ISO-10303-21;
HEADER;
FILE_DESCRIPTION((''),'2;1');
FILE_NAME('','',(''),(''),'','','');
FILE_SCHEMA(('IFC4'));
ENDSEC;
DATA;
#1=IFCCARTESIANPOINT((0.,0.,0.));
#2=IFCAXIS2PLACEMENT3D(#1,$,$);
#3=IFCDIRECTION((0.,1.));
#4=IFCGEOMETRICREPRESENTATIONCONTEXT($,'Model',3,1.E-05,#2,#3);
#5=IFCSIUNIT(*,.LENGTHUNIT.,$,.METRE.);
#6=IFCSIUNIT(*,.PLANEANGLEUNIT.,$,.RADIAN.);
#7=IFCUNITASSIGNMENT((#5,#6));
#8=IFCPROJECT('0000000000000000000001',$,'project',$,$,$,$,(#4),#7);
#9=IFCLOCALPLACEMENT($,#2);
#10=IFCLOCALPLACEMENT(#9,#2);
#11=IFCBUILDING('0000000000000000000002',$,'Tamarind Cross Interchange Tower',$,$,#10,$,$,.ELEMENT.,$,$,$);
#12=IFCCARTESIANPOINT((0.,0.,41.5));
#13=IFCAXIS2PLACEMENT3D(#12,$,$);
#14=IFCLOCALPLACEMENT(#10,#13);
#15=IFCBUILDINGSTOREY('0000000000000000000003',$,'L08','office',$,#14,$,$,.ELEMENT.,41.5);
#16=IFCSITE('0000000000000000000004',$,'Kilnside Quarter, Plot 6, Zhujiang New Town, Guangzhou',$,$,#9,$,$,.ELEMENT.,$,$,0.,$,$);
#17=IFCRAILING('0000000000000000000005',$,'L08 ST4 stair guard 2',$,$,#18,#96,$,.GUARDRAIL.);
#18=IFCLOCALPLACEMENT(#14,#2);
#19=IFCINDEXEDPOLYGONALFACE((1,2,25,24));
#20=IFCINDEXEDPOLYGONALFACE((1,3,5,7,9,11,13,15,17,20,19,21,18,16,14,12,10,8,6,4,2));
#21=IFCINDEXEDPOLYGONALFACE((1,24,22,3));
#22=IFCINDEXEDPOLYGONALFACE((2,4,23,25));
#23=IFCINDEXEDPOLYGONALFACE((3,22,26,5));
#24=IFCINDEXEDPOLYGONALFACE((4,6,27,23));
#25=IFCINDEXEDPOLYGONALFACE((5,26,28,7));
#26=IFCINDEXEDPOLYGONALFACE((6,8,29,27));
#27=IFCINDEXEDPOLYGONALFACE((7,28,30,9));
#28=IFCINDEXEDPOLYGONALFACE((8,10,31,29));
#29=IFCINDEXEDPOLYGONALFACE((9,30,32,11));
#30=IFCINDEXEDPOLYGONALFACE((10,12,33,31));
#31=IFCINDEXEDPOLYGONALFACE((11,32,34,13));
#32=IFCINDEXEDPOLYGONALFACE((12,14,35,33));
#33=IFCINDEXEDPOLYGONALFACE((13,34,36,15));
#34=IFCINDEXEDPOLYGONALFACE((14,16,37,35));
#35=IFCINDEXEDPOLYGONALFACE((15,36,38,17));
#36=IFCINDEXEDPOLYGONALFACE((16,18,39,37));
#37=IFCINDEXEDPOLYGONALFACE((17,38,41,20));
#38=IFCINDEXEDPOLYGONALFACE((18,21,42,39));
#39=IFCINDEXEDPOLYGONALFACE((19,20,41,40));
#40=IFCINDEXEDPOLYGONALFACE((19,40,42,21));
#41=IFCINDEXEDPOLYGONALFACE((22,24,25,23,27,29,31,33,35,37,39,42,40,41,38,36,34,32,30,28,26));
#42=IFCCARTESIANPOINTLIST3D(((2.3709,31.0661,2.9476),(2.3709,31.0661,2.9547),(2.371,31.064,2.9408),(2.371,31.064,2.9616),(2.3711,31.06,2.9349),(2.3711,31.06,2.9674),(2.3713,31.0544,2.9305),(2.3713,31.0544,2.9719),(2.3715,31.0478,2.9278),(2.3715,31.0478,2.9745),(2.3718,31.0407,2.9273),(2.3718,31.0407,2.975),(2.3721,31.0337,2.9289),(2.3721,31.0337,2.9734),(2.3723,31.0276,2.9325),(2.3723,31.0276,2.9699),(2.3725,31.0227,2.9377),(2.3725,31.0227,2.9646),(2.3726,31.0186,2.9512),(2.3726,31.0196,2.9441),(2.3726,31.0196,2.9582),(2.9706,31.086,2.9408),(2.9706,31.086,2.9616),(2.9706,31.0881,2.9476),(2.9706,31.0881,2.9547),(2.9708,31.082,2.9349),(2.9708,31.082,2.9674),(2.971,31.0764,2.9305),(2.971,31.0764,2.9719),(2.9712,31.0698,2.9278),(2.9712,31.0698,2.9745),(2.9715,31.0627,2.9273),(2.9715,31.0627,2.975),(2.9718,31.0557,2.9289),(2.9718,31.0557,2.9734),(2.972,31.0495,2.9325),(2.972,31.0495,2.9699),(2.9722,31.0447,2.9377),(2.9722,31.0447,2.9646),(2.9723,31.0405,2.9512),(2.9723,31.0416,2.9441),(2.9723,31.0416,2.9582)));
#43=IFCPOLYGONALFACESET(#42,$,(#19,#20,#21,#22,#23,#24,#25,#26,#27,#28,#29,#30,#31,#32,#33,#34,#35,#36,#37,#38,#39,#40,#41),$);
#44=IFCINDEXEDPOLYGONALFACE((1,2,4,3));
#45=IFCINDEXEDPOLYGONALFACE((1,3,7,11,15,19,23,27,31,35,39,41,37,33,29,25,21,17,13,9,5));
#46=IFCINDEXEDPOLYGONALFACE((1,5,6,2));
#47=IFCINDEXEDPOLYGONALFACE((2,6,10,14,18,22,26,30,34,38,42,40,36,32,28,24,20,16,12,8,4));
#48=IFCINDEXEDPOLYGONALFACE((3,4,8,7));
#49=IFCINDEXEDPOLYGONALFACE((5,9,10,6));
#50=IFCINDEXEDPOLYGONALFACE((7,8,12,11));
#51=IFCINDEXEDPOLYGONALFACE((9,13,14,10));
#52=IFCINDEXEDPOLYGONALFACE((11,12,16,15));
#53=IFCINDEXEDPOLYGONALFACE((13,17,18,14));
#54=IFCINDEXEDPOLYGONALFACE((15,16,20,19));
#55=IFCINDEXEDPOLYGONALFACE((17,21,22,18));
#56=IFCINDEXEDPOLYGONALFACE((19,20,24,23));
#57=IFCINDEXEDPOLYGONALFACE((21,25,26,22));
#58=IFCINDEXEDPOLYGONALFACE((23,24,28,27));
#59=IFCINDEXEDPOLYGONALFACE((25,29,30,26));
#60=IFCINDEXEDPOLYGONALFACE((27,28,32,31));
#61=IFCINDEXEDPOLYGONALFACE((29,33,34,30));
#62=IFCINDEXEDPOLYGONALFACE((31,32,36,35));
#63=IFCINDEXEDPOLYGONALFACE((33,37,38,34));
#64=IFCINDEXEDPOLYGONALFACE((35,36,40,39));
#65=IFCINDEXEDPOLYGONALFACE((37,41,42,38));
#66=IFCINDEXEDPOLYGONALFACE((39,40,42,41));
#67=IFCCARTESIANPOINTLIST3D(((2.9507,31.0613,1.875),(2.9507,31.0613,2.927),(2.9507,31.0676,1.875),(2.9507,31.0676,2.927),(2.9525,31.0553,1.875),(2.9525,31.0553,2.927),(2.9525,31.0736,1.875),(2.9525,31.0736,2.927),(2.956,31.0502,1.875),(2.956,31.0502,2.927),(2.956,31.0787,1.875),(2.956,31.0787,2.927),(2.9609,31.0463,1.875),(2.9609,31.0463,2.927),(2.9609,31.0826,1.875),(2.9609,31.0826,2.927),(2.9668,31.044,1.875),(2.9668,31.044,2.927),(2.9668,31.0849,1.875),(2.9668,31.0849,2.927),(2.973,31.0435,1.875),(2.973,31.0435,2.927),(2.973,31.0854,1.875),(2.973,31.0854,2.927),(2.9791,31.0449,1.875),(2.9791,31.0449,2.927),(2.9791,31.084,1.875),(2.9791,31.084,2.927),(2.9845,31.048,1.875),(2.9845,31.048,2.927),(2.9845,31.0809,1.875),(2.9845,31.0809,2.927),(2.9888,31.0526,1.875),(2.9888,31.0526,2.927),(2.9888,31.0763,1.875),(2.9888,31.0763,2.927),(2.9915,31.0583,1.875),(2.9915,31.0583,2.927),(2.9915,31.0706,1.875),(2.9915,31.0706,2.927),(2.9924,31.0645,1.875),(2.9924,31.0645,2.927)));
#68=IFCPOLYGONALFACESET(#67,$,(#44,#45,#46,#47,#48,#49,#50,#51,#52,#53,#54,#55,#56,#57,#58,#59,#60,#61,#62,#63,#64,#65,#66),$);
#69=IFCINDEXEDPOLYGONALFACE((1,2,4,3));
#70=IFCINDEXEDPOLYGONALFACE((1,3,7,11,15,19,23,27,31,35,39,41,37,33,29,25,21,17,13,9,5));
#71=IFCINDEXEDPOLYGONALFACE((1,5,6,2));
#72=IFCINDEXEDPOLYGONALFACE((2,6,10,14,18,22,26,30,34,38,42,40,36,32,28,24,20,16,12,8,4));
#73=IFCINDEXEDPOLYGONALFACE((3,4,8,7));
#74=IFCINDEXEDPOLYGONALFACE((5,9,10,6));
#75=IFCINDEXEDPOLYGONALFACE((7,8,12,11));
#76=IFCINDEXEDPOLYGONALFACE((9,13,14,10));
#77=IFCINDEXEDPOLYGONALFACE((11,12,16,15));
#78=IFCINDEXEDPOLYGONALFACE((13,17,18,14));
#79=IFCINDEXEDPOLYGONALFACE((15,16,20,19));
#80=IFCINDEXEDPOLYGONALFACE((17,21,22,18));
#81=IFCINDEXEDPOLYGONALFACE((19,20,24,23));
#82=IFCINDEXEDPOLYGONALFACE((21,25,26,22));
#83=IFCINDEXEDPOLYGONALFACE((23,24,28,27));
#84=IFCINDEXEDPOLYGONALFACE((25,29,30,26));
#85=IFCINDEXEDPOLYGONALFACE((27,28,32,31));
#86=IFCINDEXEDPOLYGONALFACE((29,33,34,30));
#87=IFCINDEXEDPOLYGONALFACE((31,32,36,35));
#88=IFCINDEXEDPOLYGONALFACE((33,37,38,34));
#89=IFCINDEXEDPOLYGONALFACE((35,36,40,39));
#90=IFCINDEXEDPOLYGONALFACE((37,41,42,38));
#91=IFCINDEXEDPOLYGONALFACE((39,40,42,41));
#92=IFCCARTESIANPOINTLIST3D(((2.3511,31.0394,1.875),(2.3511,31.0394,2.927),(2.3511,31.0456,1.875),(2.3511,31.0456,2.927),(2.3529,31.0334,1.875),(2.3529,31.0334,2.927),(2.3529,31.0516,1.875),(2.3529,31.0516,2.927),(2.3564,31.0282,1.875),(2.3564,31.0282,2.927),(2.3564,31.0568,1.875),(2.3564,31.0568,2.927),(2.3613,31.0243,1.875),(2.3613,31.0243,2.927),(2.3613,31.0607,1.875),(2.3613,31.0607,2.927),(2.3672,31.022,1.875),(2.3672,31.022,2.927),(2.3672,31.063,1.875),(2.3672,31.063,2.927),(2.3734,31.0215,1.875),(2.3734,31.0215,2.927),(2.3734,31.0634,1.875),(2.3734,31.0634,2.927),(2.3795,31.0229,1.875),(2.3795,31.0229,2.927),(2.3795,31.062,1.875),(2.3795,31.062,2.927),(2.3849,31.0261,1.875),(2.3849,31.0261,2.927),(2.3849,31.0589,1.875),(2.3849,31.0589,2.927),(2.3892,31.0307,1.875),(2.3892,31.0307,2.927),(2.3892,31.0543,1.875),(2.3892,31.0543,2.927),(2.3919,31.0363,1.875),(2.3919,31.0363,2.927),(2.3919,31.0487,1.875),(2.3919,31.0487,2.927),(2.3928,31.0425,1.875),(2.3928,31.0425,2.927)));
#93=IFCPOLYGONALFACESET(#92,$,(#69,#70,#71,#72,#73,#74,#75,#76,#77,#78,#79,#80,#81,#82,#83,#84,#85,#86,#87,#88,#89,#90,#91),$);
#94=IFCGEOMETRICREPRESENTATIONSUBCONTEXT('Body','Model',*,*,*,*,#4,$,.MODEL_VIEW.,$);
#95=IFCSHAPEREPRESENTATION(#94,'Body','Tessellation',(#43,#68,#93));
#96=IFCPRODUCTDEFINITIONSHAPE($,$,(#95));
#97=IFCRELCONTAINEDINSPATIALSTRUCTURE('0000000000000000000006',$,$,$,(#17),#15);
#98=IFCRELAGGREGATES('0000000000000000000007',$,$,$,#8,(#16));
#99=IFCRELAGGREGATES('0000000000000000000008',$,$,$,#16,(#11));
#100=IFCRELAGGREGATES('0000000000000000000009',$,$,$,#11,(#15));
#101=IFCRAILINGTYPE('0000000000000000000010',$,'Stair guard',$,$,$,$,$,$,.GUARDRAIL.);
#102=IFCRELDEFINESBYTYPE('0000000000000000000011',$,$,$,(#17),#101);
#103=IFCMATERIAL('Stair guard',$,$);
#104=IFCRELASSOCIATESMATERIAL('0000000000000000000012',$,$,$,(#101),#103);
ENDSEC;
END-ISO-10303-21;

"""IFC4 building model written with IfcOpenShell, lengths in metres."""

from ifc_helpers import new_model, si_unit, direction, frame, origin, origin_2d, place, context, subcontext, project, spatial, circle, extrude, material, type_object, element, save


model = new_model("IFC4")

# Units and contexts
model_context = context("Model", 3, precision=1e-05, world=origin(), true_north=direction((0.0, 1.0)))
body_context = subcontext(model_context, "Body", "Model", "MODEL_VIEW")
ifc_project = project(units=[si_unit("LENGTHUNIT", "METRE"), si_unit("PLANEANGLEUNIT", "RADIAN")], contexts=[model_context])

# Site, building, storey
site_placement = place(None, origin())
site = spatial("IfcSite", under=ifc_project, at=site_placement, Name="Kilnside Quarter, Plot 6, Zhujiang New Town, Guangzhou", CompositionType="ELEMENT", RefElevation=0.0)
building_placement = place(site_placement, origin())
building = spatial("IfcBuilding", under=site, at=building_placement, Name="Tamarind Cross Interchange Tower", CompositionType="ELEMENT")
storey_placement = place(building_placement, frame((0.0, 0.0, 41.5)))
storey = spatial("IfcBuildingStorey", under=building, at=storey_placement, Name="L08", Description="office", CompositionType="ELEMENT", Elevation=41.5)

# Railing
ifc_material_1 = material(Name="Stair guard")
railing_type_1 = type_object("IfcRailingType", Name="Stair guard", PredefinedType="GUARDRAIL", material=ifc_material_1)
railing_1_placement = place(storey_placement, frame((2.9714, 31.0645, 1.875)))
element("IfcRailing", 1, at=railing_1_placement, inside=storey, type_object=railing_type_1, Name="L08 ST4 stair guard 2", PredefinedType="GUARDRAIL", context=body_context, shape_type="SweptSolid", body=[
    extrude(circle(Radius=0.0239, at=origin_2d()), frame((0.0, 0.0, 1.0762), z_axis=(-0.999329, -0.03662, 0.0), x_axis=(0.03662, -0.999329, 0.0)), (0.0, 0.0, 1.0), 0.6001),
    extrude(circle(Radius=0.021, at=origin_2d()), origin(), (0.0, 0.0, 1.0), 1.052),
    extrude(circle(Radius=0.021, at=origin_2d()), frame((-0.5996, -0.022, 0.0)), (0.0, 0.0, 1.0), 1.052),
])

save(model, "model.ifc")
